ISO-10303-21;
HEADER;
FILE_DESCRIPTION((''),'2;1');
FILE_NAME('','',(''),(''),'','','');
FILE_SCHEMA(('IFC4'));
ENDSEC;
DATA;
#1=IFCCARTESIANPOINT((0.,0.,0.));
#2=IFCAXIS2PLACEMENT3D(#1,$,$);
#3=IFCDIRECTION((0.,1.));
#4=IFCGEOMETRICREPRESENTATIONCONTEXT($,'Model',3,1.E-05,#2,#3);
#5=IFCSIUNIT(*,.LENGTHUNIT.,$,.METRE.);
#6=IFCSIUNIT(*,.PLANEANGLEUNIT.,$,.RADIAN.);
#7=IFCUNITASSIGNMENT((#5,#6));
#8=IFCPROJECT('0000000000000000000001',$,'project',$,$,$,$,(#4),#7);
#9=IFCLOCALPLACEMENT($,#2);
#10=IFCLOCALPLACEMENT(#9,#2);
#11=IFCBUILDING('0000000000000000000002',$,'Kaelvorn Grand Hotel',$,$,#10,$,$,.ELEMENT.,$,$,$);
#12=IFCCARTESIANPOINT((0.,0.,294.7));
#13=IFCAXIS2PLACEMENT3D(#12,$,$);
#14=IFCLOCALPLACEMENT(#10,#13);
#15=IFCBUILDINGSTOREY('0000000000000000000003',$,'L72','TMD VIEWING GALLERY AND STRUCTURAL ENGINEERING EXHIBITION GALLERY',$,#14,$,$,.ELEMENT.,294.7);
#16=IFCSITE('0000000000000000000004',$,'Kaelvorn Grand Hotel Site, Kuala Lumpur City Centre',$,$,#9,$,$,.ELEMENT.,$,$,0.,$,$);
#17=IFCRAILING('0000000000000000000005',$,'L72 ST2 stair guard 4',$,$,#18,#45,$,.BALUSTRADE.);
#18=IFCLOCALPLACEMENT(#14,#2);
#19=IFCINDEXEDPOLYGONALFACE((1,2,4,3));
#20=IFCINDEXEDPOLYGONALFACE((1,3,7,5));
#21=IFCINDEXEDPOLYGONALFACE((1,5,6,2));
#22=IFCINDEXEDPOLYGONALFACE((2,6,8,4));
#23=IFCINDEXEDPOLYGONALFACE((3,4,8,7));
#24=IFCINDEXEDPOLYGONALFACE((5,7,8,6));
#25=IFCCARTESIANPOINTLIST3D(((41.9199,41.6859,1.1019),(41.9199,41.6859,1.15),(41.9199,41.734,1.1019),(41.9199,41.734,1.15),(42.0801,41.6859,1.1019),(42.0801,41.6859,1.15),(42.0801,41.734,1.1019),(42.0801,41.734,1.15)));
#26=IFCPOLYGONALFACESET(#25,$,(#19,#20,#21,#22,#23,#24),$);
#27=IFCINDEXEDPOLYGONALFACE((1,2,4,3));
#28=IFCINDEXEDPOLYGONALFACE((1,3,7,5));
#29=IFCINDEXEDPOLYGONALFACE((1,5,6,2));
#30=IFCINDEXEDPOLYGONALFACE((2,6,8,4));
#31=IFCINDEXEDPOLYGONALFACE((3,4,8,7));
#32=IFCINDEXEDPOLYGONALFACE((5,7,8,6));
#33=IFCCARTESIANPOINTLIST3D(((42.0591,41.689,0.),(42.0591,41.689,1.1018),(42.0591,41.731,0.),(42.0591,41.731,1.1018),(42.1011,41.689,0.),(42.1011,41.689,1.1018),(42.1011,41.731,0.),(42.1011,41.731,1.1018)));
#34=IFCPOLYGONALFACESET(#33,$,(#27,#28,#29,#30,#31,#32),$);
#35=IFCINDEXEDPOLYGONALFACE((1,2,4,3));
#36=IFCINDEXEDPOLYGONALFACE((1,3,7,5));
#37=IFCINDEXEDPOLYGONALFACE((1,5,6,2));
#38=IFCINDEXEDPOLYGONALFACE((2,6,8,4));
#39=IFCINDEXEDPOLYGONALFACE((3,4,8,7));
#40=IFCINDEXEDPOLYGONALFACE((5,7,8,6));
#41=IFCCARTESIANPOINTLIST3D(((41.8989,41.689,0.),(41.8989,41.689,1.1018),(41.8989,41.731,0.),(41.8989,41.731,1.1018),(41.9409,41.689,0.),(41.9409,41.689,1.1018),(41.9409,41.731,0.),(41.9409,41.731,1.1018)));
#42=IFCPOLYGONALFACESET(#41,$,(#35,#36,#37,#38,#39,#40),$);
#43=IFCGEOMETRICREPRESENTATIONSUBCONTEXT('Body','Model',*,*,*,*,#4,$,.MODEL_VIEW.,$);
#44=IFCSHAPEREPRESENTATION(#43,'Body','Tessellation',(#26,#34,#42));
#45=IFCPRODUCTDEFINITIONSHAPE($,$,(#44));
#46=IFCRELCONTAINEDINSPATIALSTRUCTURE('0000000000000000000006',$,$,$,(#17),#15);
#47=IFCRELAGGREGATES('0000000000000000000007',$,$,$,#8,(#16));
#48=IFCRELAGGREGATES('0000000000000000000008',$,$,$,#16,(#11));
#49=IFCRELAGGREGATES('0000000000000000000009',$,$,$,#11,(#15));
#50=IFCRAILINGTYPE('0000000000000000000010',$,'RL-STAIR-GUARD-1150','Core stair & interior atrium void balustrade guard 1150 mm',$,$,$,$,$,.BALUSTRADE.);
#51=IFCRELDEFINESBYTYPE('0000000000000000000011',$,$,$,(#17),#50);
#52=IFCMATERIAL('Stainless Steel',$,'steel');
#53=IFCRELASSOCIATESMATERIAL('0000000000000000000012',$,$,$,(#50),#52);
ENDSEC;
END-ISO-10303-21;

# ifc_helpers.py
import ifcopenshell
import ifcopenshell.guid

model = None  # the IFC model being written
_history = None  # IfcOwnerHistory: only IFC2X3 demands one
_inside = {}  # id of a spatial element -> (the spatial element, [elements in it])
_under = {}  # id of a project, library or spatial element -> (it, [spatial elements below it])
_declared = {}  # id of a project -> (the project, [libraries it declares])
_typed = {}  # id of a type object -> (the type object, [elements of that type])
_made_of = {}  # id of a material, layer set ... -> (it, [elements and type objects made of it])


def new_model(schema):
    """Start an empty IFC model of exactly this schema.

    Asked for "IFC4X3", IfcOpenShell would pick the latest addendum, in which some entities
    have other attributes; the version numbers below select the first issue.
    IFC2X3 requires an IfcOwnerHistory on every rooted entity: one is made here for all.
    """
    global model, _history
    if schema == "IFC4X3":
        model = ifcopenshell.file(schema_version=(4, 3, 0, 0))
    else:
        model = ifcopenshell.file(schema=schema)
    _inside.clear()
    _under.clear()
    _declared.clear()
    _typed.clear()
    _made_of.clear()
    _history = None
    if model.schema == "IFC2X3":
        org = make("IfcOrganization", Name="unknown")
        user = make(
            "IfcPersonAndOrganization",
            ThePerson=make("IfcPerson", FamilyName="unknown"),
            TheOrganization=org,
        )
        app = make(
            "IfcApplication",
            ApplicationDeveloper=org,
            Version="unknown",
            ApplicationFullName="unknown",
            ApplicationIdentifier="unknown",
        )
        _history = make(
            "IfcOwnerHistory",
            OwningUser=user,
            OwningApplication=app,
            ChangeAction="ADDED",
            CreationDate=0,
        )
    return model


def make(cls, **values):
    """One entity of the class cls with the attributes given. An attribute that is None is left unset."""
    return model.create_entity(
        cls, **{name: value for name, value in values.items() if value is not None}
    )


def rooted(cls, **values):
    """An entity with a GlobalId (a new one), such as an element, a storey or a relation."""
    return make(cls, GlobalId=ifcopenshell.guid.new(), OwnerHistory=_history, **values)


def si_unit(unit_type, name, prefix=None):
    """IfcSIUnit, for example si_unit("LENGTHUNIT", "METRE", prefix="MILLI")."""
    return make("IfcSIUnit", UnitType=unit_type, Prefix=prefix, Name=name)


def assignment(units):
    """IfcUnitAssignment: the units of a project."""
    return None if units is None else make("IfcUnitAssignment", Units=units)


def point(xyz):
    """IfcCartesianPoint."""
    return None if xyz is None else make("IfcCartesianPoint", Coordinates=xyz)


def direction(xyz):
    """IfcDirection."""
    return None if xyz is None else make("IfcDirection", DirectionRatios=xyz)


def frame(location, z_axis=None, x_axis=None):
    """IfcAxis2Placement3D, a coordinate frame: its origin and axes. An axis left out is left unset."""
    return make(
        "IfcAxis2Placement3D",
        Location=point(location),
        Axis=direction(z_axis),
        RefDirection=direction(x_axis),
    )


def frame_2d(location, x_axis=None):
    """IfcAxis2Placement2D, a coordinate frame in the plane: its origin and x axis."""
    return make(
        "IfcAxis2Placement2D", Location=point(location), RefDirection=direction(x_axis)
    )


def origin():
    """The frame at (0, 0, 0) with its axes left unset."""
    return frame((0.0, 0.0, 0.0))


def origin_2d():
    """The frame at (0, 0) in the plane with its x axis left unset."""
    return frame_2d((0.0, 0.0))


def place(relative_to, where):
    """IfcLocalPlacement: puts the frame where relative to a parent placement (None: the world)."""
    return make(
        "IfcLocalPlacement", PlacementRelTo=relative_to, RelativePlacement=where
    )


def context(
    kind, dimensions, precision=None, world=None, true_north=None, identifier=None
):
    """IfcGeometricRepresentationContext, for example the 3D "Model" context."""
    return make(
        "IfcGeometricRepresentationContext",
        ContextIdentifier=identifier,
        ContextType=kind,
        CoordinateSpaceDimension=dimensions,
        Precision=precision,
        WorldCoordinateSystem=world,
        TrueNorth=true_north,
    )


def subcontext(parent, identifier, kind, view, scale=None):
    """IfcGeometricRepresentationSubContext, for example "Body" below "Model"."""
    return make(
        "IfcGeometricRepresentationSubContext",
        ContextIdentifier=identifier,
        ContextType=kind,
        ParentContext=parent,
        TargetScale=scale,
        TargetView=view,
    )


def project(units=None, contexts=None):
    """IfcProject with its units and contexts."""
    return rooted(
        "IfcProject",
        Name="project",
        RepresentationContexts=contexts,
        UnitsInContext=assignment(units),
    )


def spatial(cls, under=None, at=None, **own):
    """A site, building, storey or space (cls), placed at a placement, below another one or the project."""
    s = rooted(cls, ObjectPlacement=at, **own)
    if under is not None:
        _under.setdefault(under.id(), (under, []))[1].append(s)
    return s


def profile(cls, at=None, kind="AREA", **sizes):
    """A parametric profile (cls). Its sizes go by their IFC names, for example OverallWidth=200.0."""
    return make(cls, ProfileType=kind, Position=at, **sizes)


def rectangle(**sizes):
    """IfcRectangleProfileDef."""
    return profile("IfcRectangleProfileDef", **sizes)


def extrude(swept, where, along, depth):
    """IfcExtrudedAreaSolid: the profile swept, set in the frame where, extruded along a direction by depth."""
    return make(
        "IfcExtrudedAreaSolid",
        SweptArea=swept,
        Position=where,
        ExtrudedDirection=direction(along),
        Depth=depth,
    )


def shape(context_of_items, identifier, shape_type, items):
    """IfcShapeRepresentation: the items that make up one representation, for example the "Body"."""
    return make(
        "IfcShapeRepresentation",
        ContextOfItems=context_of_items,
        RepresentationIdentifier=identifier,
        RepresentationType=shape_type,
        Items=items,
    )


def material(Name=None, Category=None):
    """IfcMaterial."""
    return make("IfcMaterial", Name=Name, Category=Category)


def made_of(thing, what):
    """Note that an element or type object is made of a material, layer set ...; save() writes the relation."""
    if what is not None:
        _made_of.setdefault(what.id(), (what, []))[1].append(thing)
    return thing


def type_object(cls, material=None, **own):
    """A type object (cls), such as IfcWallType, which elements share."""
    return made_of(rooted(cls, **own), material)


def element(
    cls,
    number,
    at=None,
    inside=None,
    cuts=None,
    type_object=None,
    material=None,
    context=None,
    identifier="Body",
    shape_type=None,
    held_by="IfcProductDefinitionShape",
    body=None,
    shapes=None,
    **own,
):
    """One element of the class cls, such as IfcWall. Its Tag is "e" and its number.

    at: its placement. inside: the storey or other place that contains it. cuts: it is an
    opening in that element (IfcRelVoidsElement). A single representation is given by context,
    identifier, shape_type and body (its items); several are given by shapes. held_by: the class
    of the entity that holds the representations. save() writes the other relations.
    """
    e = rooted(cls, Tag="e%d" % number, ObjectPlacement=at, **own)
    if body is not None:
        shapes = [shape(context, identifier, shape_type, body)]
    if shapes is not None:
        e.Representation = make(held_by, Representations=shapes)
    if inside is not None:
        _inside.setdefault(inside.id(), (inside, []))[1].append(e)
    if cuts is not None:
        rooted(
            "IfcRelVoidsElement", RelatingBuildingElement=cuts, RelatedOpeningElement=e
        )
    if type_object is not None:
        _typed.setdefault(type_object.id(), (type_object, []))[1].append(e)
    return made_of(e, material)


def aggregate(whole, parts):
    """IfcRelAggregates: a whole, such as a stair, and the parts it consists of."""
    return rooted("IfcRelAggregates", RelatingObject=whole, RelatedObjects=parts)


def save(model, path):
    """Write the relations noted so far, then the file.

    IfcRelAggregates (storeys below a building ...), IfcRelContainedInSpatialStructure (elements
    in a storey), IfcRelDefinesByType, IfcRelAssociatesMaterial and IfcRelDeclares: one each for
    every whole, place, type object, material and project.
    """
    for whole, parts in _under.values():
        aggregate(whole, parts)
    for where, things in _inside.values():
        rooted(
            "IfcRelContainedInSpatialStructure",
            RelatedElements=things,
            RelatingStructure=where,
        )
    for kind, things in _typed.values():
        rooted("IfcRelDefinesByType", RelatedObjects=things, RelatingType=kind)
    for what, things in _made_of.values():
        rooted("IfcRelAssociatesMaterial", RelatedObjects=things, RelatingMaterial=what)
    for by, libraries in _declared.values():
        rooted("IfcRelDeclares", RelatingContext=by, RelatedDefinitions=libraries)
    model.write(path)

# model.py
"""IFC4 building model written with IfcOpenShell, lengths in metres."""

from ifc_helpers import new_model, si_unit, direction, frame, origin, origin_2d, place, context, subcontext, project, spatial, rectangle, extrude, material, type_object, element, save


model = new_model("IFC4")

# Units and contexts
model_context = context("Model", 3, precision=1e-05, world=origin(), true_north=direction((0.0, 1.0)))
body_context = subcontext(model_context, "Body", "Model", "MODEL_VIEW")
ifc_project = project(units=[si_unit("LENGTHUNIT", "METRE"), si_unit("PLANEANGLEUNIT", "RADIAN")], contexts=[model_context])

# Site, building, storey
site_placement = place(None, origin())
site = spatial("IfcSite", under=ifc_project, at=site_placement, Name="Kaelvorn Grand Hotel Site, Kuala Lumpur City Centre", CompositionType="ELEMENT", RefElevation=0.0)
building_placement = place(site_placement, origin())
building = spatial("IfcBuilding", under=site, at=building_placement, Name="Kaelvorn Grand Hotel", CompositionType="ELEMENT")
storey_placement = place(building_placement, frame((0.0, 0.0, 294.7)))
storey = spatial("IfcBuildingStorey", under=building, at=storey_placement, Name="L72", Description="TMD VIEWING GALLERY AND STRUCTURAL ENGINEERING EXHIBITION GALLERY", CompositionType="ELEMENT", Elevation=294.7)

# Shared definitions
ifc_material_1 = material(Name="Stainless Steel", Category="steel")

# Railing
railing_type_1 = type_object("IfcRailingType", Name="RL-STAIR-GUARD-1150", Description="Core stair & interior atrium void balustrade guard 1150 mm", PredefinedType="BALUSTRADE", material=ifc_material_1)
railing_1_placement = place(storey_placement, frame((42.0801, 41.71, 0.0)))
element("IfcRailing", 1, at=railing_1_placement, inside=storey, type_object=railing_type_1, Name="L72 ST2 stair guard 4", PredefinedType="BALUSTRADE", context=body_context, shape_type="SweptSolid", body=[
    extrude(rectangle(XDim=0.0481, YDim=0.0481, at=origin_2d()), frame((0.0, 0.0, 1.126), z_axis=(-1.0, 0.0, 0.0), x_axis=(0.0, -1.0, 0.0)), (0.0, 0.0, 1.0), 0.1602),
    extrude(rectangle(XDim=0.042, YDim=0.042, at=origin_2d()), origin(), (0.0, 0.0, 1.0), 1.1018),
    extrude(rectangle(XDim=0.042, YDim=0.042, at=origin_2d()), frame((-0.1602, 0.0, 0.0)), (0.0, 0.0, 1.0), 1.1018),
])

save(model, "model.ifc")
